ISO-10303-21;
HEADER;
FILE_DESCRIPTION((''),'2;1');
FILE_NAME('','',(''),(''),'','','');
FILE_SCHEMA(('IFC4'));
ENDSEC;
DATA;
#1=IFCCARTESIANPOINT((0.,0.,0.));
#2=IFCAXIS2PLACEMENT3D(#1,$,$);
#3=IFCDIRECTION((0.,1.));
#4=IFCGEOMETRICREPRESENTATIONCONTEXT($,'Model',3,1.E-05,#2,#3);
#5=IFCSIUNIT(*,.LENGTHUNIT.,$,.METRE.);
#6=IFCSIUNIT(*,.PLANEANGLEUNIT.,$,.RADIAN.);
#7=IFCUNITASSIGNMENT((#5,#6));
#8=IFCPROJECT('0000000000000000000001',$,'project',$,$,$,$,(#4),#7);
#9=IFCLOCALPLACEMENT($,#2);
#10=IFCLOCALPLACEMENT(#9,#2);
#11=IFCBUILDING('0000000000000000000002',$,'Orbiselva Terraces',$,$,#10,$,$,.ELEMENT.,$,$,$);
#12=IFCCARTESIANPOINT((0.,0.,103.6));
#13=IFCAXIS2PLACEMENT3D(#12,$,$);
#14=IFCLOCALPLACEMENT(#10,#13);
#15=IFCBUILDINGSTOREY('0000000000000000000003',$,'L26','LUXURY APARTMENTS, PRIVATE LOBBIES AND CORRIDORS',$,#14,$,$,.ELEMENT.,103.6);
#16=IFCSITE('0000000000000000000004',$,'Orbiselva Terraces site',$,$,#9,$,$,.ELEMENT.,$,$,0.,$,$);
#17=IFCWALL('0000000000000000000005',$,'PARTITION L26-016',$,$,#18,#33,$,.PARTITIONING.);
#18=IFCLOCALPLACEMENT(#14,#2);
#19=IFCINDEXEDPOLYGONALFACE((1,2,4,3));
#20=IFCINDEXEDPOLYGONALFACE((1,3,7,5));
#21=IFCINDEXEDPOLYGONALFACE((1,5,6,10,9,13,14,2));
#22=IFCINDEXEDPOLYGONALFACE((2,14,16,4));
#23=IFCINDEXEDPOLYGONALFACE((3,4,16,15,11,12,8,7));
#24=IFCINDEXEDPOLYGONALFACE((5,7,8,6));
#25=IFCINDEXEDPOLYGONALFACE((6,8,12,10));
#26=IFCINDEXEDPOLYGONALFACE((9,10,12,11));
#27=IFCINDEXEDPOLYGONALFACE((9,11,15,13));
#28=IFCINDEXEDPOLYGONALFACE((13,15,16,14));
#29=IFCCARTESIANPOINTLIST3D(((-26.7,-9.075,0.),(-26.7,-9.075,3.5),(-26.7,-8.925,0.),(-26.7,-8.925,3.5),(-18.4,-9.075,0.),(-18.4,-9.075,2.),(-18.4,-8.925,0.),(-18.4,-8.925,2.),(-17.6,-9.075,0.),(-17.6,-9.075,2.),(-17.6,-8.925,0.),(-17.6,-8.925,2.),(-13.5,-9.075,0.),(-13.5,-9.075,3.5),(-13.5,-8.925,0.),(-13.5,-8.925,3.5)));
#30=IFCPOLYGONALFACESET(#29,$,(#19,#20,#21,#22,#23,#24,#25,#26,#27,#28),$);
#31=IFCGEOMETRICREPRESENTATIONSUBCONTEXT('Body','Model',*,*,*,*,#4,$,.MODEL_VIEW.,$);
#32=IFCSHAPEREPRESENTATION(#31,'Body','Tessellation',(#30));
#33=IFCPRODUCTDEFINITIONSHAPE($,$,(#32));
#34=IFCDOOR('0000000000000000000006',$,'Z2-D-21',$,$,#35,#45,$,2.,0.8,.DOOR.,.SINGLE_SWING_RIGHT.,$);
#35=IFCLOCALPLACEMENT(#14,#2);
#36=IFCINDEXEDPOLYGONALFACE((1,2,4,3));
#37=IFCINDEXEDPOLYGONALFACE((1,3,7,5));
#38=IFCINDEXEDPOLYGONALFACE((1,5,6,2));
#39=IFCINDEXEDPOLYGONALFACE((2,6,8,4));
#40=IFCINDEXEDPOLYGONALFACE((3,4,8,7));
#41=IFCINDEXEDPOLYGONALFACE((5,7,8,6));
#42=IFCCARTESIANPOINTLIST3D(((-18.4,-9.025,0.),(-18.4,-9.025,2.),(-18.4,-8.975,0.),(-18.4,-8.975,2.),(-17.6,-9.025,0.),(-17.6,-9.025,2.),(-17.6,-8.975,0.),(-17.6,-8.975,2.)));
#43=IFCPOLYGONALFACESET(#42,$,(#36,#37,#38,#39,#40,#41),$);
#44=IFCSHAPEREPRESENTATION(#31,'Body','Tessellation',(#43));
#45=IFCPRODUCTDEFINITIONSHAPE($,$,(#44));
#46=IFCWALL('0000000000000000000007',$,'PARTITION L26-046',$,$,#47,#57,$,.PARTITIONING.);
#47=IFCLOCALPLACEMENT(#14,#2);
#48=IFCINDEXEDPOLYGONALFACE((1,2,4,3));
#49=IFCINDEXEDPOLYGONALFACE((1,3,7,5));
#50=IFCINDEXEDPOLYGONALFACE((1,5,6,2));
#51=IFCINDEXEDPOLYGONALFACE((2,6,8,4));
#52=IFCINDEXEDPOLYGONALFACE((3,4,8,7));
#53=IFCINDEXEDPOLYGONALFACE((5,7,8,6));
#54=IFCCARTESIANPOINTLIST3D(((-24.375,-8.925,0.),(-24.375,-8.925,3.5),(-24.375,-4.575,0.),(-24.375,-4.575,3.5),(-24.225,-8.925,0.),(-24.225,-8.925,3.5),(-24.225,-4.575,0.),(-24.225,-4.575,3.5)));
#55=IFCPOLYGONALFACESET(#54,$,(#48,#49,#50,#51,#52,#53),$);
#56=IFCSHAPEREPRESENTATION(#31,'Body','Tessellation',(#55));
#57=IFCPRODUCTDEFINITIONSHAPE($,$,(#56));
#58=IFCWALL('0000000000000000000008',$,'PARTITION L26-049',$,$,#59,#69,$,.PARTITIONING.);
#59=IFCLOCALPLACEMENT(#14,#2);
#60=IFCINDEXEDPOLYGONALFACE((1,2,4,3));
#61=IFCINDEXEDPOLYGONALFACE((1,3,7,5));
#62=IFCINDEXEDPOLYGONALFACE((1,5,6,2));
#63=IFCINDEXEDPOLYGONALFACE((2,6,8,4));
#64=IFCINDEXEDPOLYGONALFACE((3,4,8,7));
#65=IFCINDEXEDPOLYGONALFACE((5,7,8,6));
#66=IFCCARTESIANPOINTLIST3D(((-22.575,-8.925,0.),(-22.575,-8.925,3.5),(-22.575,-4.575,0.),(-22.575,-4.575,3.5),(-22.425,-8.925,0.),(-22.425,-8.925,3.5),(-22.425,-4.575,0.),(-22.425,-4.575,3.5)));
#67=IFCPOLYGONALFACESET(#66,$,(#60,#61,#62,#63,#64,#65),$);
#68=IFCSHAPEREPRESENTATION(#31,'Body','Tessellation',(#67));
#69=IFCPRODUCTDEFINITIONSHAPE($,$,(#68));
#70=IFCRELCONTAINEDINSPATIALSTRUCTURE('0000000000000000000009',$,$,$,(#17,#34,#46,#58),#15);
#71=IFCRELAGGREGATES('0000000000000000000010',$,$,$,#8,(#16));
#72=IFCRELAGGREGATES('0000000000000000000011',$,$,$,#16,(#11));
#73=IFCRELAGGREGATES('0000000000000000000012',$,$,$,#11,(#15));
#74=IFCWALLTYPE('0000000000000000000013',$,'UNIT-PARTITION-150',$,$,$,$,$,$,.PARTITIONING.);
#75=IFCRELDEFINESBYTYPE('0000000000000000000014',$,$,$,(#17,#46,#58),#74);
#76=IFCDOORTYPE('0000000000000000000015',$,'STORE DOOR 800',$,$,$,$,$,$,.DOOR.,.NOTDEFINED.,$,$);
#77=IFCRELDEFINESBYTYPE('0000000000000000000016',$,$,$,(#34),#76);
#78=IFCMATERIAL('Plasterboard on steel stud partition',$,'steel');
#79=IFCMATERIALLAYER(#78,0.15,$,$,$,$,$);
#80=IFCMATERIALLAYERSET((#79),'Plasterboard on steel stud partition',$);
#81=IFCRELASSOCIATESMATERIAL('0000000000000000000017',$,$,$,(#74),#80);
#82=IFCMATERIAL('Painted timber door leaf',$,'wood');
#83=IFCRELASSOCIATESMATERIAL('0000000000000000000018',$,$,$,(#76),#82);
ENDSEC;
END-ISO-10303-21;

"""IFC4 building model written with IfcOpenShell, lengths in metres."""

from ifc_helpers import new_model, si_unit, direction, frame, frame_2d, origin, place, context, subcontext, project, spatial, rectangle, extrude, material, layer, layer_set, type_object, element, fill, save


model = new_model("IFC4")

# Units and contexts
model_context = context("Model", 3, precision=1e-05, world=origin(), true_north=direction((0.0, 1.0)))
body_context = subcontext(model_context, "Body", "Model", "MODEL_VIEW")
ifc_project = project(units=[si_unit("LENGTHUNIT", "METRE"), si_unit("PLANEANGLEUNIT", "RADIAN")], contexts=[model_context])

# Site, building, storey
site_placement = place(None, origin())
site = spatial("IfcSite", under=ifc_project, at=site_placement, Name="Orbiselva Terraces site", CompositionType="ELEMENT", RefElevation=0.0)
building_placement = place(site_placement, origin())
building = spatial("IfcBuilding", under=site, at=building_placement, Name="Orbiselva Terraces", CompositionType="ELEMENT")
storey_placement = place(building_placement, frame((0.0, 0.0, 103.6)))
storey = spatial("IfcBuildingStorey", under=building, at=storey_placement, Name="L26", Description="LUXURY APARTMENTS, PRIVATE LOBBIES AND CORRIDORS", CompositionType="ELEMENT", Elevation=103.6)

# Shared definitions
ifc_material_1 = material(Name="Plasterboard on steel stud partition", Category="steel")
ifc_layer_1 = layer(ifc_material_1, 0.15)
ifc_layer_set_1 = layer_set([ifc_layer_1], Name="Plasterboard on steel stud partition")
wall_type_1 = type_object("IfcWallType", Name="UNIT-PARTITION-150", PredefinedType="PARTITIONING", material=ifc_layer_set_1)
ifc_material_2 = material(Name="Painted timber door leaf", Category="wood")

# Wall, opening, door
wall_1_placement = place(storey_placement, frame((-26.7, -9.0, 0.0), z_axis=(0.0, 0.0, 1.0), x_axis=(1.0, 0.0, 0.0)))
wall_1 = element("IfcWall", 1, at=wall_1_placement, inside=storey, type_object=wall_type_1, Name="PARTITION L26-016", PredefinedType="PARTITIONING", context=body_context, shape_type="SweptSolid", body=[
    extrude(rectangle(XDim=13.2, YDim=0.15, at=frame_2d((6.6, 0.0))), origin(), (0.0, 0.0, 1.0), 3.5),
])
opening_1_placement = place(wall_1_placement, frame((8.3, 0.0, 0.0)))
opening_1 = element("IfcOpeningElement", 2, at=opening_1_placement, cuts=wall_1, PredefinedType="OPENING", context=body_context, shape_type="SweptSolid", body=[
    extrude(rectangle(XDim=0.8, YDim=2.0, at=frame_2d((0.4, 1.0))), frame((0.0, 0.085, 0.0), z_axis=(0.0, -1.0, 0.0), x_axis=(1.0, 0.0, 0.0)), (0.0, 0.0, 1.0), 0.17),
])
door_type_1 = type_object("IfcDoorType", Name="STORE DOOR 800", OperationType="NOTDEFINED", PredefinedType="DOOR", material=ifc_material_2)
door_1_placement = place(opening_1_placement, origin())
door_1 = element("IfcDoor", 3, at=door_1_placement, inside=storey, type_object=door_type_1, Name="Z2-D-21", OperationType="SINGLE_SWING_RIGHT", OverallHeight=2.0, OverallWidth=0.8, PredefinedType="DOOR", context=body_context, shape_type="SweptSolid", body=[
    extrude(rectangle(XDim=0.8, YDim=2.0, at=frame_2d((0.4, 1.0))), frame((0.0, 0.025, 0.0), z_axis=(0.0, -1.0, 0.0), x_axis=(1.0, 0.0, 0.0)), (0.0, 0.0, 1.0), 0.05),
])
fill(opening_1, door_1)

# Walls
for number, where, z_axis, x_axis, name in (
    (4, (-24.3, -8.925, 0.0), (0.0, 0.0, 1.0), (0.0, 1.0, 0.0), "PARTITION L26-046"),
    (5, (-22.5, -8.925, 0.0), (0.0, 0.0, 1.0), (0.0, 1.0, 0.0), "PARTITION L26-049"),
):
    element("IfcWall", number, at=place(storey_placement, frame(where, z_axis=z_axis, x_axis=x_axis)), inside=storey, type_object=wall_type_1, Name=name, PredefinedType="PARTITIONING", context=body_context, shape_type="SweptSolid", body=[
        extrude(rectangle(XDim=4.35, YDim=0.15, at=frame_2d((2.175, 0.0))), origin(), (0.0, 0.0, 1.0), 3.5),
    ])

save(model, "model.ifc")
